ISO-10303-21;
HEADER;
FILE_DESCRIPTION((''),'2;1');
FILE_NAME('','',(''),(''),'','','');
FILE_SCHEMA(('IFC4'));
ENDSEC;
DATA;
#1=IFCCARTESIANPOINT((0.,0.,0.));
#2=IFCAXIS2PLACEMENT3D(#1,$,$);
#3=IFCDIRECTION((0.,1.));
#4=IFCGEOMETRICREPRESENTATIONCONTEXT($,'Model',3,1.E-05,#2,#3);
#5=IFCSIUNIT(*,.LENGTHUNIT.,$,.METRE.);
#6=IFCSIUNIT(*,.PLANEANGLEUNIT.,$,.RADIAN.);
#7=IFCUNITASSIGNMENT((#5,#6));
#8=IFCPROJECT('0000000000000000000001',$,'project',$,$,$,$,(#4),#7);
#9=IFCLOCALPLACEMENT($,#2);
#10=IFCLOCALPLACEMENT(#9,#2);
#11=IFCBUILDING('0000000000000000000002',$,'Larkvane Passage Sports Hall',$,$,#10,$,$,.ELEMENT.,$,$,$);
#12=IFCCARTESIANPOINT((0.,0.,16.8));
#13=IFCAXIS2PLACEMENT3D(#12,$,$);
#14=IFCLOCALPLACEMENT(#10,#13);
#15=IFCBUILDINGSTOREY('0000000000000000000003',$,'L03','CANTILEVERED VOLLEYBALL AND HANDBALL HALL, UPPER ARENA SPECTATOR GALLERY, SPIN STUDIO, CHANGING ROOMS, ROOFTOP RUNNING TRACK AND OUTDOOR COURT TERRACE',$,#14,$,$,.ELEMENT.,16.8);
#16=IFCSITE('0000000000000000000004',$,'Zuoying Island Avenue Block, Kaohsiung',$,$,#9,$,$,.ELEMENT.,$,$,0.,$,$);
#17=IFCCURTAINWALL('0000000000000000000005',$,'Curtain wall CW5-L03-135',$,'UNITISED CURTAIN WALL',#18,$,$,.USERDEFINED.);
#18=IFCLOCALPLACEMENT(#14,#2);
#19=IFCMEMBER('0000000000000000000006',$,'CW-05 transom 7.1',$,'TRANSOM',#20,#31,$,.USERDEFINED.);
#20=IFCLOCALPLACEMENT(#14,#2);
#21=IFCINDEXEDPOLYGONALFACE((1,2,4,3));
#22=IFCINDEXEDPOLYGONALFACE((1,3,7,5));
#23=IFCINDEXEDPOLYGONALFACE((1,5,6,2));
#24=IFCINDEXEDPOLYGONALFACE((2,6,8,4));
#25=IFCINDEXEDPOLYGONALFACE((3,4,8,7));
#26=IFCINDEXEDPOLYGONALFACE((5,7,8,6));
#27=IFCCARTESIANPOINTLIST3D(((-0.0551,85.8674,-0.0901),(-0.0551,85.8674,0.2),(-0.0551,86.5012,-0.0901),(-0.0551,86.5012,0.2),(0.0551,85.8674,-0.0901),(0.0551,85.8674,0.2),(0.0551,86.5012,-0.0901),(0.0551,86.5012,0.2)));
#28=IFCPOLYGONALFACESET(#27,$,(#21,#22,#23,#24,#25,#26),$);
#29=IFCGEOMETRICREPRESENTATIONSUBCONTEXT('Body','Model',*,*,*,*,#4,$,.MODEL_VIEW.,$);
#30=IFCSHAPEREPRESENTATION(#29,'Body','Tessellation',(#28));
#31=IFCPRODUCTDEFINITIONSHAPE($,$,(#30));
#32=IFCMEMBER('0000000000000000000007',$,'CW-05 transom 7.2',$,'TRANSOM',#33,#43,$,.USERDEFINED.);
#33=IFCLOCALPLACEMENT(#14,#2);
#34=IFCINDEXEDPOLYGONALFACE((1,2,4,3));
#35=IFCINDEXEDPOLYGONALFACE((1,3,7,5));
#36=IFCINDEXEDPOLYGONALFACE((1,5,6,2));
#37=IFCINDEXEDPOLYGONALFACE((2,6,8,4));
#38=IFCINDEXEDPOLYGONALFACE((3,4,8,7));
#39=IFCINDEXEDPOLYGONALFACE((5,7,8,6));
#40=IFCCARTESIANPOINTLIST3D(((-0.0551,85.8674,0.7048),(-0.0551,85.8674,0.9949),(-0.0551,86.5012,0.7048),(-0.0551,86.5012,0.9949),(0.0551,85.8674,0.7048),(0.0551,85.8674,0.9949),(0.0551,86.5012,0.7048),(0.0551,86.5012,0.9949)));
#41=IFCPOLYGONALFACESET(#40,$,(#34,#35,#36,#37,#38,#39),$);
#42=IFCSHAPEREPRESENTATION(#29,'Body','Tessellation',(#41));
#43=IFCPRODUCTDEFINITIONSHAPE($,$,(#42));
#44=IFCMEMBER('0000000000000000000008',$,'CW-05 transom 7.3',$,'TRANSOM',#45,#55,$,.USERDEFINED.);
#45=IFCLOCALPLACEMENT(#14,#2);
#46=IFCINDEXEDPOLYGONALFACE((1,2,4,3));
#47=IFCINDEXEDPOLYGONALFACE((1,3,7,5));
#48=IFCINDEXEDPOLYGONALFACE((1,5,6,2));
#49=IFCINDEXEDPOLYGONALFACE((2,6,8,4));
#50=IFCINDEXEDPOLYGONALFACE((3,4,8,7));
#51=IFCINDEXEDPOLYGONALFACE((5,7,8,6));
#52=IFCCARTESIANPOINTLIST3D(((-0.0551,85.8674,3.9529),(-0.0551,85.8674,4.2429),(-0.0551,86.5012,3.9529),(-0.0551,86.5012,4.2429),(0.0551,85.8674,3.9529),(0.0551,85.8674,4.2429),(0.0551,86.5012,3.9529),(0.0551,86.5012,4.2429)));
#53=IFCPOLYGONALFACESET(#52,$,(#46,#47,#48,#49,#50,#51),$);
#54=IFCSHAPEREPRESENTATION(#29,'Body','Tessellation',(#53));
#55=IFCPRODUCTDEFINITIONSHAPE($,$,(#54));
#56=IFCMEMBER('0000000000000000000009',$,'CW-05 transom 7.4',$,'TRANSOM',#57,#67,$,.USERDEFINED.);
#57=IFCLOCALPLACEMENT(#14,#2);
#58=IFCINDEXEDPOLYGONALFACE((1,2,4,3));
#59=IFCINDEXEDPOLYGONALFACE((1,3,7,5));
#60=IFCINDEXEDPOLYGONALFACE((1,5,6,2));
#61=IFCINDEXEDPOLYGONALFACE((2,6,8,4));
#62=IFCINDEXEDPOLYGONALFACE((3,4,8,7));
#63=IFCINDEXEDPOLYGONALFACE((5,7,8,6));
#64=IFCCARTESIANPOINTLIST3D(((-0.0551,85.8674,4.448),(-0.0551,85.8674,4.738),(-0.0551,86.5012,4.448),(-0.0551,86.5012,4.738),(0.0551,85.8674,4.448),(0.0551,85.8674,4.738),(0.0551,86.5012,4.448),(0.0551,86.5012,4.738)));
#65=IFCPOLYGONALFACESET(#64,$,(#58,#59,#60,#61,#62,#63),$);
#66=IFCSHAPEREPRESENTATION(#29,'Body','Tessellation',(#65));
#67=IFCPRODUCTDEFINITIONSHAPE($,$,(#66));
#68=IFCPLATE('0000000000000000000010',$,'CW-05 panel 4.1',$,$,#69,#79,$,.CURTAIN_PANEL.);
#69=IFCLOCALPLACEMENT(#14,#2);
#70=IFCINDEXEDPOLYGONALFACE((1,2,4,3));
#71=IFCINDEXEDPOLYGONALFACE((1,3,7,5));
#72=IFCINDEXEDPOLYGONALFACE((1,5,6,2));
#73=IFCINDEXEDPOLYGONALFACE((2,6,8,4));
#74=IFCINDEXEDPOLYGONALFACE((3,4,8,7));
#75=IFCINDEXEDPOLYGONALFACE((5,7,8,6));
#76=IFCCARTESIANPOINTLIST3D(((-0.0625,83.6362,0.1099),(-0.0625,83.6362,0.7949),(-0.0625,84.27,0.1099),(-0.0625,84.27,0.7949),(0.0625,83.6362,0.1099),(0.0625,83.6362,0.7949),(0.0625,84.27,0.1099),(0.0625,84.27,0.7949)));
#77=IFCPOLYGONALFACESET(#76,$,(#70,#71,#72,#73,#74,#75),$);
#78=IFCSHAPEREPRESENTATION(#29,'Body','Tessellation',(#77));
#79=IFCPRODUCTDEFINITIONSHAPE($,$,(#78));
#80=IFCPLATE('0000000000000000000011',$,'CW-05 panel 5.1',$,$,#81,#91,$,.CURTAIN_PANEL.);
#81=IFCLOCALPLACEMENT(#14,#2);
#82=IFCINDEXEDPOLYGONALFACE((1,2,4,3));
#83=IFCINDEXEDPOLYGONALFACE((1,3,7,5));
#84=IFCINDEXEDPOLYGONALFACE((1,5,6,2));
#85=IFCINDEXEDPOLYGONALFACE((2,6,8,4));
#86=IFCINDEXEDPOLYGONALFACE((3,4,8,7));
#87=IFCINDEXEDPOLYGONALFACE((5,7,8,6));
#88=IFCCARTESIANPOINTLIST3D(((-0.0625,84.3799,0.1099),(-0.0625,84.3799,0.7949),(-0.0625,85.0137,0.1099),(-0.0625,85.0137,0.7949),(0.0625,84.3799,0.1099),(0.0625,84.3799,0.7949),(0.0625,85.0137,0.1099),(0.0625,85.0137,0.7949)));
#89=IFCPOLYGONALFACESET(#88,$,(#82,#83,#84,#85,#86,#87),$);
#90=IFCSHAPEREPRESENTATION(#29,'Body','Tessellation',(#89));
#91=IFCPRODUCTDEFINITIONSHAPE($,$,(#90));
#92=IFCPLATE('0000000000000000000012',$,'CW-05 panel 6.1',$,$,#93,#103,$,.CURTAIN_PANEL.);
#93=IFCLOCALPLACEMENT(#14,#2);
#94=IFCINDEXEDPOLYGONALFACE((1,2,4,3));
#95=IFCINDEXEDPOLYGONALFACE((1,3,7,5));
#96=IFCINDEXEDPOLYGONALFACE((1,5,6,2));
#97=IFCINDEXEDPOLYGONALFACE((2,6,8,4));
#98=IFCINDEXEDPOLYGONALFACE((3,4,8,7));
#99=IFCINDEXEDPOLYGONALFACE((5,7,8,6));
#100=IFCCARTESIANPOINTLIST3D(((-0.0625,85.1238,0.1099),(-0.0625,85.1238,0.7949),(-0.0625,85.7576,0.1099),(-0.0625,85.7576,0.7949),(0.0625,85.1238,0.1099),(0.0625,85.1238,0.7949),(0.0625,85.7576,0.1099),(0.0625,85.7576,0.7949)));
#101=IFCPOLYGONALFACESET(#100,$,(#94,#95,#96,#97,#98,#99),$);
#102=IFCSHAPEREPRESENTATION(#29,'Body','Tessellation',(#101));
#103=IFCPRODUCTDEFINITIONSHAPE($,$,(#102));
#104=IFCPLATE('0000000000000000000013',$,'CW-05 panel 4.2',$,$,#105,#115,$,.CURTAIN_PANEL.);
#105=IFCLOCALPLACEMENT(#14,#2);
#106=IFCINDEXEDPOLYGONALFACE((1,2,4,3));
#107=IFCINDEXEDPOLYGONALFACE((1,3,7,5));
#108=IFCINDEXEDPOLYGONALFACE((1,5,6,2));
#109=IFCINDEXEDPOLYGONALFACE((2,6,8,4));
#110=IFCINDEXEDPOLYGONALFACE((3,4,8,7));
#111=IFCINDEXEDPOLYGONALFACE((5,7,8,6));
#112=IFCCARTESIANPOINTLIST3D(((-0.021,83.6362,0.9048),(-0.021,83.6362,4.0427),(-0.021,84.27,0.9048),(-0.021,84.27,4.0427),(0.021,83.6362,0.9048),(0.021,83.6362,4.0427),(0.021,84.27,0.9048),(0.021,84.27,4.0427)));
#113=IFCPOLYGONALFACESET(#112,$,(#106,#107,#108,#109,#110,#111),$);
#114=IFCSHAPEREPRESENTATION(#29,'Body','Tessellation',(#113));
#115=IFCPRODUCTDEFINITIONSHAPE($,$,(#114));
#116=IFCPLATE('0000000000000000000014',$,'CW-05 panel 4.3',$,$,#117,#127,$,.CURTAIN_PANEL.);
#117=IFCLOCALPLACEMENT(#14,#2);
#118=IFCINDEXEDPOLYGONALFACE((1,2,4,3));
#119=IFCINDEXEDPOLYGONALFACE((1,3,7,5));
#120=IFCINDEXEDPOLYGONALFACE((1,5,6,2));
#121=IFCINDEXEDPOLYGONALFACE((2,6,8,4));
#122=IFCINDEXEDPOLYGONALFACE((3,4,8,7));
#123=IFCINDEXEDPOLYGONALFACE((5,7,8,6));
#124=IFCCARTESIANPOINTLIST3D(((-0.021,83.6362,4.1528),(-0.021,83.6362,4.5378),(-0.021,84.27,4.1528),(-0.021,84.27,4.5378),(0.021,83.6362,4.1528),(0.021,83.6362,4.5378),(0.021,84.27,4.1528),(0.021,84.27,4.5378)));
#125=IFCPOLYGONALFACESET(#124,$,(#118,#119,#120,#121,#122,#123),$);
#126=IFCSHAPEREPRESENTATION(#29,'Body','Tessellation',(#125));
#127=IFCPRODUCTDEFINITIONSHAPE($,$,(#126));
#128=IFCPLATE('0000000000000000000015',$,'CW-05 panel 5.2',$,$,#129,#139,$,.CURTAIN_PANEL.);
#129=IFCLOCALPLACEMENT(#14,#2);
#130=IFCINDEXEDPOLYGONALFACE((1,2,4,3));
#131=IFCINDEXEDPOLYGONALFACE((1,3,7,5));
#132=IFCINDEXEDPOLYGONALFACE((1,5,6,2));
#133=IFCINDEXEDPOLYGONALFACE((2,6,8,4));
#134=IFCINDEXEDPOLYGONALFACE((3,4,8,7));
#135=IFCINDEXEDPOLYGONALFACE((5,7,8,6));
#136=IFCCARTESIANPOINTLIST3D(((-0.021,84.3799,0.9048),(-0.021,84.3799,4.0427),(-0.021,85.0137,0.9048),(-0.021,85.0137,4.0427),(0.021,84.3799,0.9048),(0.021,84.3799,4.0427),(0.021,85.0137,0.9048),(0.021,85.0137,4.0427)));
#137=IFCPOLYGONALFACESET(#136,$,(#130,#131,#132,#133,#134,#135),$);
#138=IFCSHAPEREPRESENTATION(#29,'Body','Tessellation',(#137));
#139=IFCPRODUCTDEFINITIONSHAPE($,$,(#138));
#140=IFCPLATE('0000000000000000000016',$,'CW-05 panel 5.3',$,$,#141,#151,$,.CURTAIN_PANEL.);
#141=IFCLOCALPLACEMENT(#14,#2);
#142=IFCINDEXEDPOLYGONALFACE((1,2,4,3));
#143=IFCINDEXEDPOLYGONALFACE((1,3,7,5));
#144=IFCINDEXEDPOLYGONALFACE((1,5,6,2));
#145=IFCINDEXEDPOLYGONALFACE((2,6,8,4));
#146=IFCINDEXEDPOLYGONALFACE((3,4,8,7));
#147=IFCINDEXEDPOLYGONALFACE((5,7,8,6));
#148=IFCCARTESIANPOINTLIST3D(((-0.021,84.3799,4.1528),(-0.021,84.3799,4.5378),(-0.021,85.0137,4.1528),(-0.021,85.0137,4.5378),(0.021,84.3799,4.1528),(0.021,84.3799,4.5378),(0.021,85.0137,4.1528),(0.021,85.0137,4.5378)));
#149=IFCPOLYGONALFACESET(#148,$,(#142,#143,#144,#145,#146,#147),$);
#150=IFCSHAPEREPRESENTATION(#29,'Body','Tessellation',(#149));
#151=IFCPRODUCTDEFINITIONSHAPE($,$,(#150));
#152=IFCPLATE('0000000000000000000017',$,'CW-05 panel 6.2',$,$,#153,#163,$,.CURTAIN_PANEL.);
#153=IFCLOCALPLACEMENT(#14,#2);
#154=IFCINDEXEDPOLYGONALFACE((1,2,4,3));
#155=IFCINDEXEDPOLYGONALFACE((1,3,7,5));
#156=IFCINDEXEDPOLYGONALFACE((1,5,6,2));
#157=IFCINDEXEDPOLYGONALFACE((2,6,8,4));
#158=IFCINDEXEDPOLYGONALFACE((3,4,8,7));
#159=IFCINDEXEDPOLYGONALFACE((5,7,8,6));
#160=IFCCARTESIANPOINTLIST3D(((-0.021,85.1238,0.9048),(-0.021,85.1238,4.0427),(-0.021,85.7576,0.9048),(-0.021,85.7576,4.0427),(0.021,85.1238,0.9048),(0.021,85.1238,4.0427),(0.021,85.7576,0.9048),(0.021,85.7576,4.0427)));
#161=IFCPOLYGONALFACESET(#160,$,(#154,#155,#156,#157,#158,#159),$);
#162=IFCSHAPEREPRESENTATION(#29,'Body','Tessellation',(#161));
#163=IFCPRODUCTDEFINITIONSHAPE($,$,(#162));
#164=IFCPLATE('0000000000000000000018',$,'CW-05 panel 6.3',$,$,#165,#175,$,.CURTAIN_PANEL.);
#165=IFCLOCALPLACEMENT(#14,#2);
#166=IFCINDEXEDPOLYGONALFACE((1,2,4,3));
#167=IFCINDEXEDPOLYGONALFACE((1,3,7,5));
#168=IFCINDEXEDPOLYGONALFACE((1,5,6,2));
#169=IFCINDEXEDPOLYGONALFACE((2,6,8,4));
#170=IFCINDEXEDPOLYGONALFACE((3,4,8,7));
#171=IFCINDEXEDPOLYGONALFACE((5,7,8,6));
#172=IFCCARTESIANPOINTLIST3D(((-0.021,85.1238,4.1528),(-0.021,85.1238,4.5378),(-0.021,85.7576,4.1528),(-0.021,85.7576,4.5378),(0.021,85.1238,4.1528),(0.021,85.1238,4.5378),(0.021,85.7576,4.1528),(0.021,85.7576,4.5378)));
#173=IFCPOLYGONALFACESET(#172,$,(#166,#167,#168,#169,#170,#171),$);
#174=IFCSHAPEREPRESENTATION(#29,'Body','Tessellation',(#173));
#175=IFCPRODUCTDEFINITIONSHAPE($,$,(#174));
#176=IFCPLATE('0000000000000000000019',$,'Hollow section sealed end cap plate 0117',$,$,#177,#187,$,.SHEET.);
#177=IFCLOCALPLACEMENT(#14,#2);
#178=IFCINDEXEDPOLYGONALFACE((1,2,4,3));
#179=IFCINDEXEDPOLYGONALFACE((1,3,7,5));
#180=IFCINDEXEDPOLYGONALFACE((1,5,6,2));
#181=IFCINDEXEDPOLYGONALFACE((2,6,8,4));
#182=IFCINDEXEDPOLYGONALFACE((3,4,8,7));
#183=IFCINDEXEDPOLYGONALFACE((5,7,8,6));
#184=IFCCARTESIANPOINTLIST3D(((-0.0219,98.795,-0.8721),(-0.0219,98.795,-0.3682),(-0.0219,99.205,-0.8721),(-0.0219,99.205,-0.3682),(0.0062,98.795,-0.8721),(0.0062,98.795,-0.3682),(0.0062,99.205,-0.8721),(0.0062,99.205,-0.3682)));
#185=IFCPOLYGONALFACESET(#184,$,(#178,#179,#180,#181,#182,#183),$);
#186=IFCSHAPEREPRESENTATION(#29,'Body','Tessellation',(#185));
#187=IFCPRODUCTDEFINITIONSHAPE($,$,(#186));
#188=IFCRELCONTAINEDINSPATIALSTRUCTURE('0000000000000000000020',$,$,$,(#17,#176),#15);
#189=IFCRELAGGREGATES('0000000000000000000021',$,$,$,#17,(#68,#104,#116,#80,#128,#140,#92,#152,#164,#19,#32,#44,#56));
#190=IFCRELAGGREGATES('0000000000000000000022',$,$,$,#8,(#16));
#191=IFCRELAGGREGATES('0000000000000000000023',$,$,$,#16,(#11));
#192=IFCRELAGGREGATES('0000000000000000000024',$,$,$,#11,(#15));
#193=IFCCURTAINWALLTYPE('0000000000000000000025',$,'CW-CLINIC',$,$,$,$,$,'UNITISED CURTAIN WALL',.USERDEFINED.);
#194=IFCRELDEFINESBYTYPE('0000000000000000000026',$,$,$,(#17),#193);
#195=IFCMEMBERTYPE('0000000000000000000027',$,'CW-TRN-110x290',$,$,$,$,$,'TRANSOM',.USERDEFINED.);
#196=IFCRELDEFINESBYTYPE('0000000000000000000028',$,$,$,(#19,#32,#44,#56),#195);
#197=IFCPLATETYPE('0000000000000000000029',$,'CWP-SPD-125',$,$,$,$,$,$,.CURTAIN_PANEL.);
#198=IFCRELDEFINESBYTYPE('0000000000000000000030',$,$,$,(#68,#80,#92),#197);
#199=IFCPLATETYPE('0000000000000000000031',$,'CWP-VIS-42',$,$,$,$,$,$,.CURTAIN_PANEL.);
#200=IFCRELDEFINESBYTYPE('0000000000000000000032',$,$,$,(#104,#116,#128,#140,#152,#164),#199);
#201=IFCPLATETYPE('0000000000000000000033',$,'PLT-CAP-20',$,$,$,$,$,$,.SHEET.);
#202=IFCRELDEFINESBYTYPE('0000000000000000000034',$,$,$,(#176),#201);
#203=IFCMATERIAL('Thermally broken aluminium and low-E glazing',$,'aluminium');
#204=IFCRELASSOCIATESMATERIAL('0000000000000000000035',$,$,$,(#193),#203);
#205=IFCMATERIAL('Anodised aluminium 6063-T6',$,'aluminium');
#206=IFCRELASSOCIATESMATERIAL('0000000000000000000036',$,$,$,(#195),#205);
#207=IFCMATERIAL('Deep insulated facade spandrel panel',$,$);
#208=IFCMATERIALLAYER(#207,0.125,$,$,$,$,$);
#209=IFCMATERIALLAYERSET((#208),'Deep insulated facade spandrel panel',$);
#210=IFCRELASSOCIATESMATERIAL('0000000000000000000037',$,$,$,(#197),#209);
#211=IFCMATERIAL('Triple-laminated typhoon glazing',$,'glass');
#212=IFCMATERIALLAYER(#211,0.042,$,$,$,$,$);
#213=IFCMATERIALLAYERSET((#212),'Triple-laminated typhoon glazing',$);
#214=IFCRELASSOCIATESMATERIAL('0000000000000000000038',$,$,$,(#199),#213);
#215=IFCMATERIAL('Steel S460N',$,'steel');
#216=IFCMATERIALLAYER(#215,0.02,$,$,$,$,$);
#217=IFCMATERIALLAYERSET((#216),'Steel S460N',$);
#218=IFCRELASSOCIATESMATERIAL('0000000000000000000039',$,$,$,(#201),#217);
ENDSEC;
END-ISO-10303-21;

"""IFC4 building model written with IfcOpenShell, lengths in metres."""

from ifc_helpers import new_model, si_unit, direction, frame, origin, origin_2d, place, context, subcontext, project, spatial, rectangle, extrude, material, layer, layer_set, material_profile, profile_set, type_object, element, aggregate, save


model = new_model("IFC4")

# Units and contexts
model_context = context("Model", 3, precision=1e-05, world=origin(), true_north=direction((0.0, 1.0)))
body_context = subcontext(model_context, "Body", "Model", "MODEL_VIEW")
ifc_project = project(units=[si_unit("LENGTHUNIT", "METRE"), si_unit("PLANEANGLEUNIT", "RADIAN")], contexts=[model_context])

# Site, building, storey
site_placement = place(None, origin())
site = spatial("IfcSite", under=ifc_project, at=site_placement, Name="Zuoying Island Avenue Block, Kaohsiung", CompositionType="ELEMENT", RefElevation=0.0)
building_placement = place(site_placement, origin())
building = spatial("IfcBuilding", under=site, at=building_placement, Name="Larkvane Passage Sports Hall", CompositionType="ELEMENT")
storey_placement = place(building_placement, frame((0.0, 0.0, 16.8)))
storey = spatial("IfcBuildingStorey", under=building, at=storey_placement, Name="L03", Description="CANTILEVERED VOLLEYBALL AND HANDBALL HALL, UPPER ARENA SPECTATOR GALLERY, SPIN STUDIO, CHANGING ROOMS, ROOFTOP RUNNING TRACK AND OUTDOOR COURT TERRACE", CompositionType="ELEMENT", Elevation=16.8)

# Curtain wall, members, plates
ifc_material_1 = material(Name="Thermally broken aluminium and low-E glazing", Category="aluminium")
curtain_wall_type = type_object("IfcCurtainWallType", Name="CW-CLINIC", ElementType="UNITISED CURTAIN WALL", PredefinedType="USERDEFINED", material=ifc_material_1)
curtain_wall_placement = place(storey_placement, origin())
curtain_wall = element("IfcCurtainWall", 1, at=curtain_wall_placement, inside=storey, type_object=curtain_wall_type, Name="Curtain wall CW5-L03-135", ObjectType="UNITISED CURTAIN WALL", PredefinedType="USERDEFINED")
ifc_material_2 = material(Name="Anodised aluminium 6063-T6", Category="aluminium")
ifc_material_profile_1 = material_profile(ifc_material_2, rectangle(XDim=0.1101, YDim=0.29, at=origin_2d()), Name="ALU-TRN-110x290")
ifc_profile_set_1 = profile_set([ifc_material_profile_1], Name="Anodised aluminium 6063-T6")
member_type_1 = type_object("IfcMemberType", Name="CW-TRN-110x290", ElementType="TRANSOM", PredefinedType="USERDEFINED", material=ifc_profile_set_1)
member_1_placement = place(storey_placement, frame((0.0, 85.8674, 0.0549), z_axis=(0.0, 1.0, 0.0), x_axis=(-1.0, 0.0, 0.0)))
member_1 = element("IfcMember", 2, at=member_1_placement, type_object=member_type_1, Name="CW-05 transom 7.1", ObjectType="TRANSOM", PredefinedType="USERDEFINED", context=body_context, shape_type="SweptSolid", body=[
    extrude(rectangle(XDim=0.1101, YDim=0.29, at=origin_2d()), origin(), (0.0, 0.0, 1.0), 0.6338),
])
member_2_placement = place(storey_placement, frame((0.0, 85.8674, 0.8499), z_axis=(0.0, 1.0, 0.0), x_axis=(-1.0, 0.0, 0.0)))
member_2 = element("IfcMember", 3, at=member_2_placement, type_object=member_type_1, Name="CW-05 transom 7.2", ObjectType="TRANSOM", PredefinedType="USERDEFINED", context=body_context, shape_type="SweptSolid", body=[
    extrude(rectangle(XDim=0.1101, YDim=0.29, at=origin_2d()), origin(), (0.0, 0.0, 1.0), 0.6338),
])
member_3_placement = place(storey_placement, frame((0.0, 85.8674, 4.0979), z_axis=(0.0, 1.0, 0.0), x_axis=(-1.0, 0.0, 0.0)))
member_3 = element("IfcMember", 4, at=member_3_placement, type_object=member_type_1, Name="CW-05 transom 7.3", ObjectType="TRANSOM", PredefinedType="USERDEFINED", context=body_context, shape_type="SweptSolid", body=[
    extrude(rectangle(XDim=0.1101, YDim=0.29, at=origin_2d()), origin(), (0.0, 0.0, 1.0), 0.6338),
])
member_4_placement = place(storey_placement, frame((0.0, 85.8674, 4.593), z_axis=(0.0, 1.0, 0.0), x_axis=(-1.0, 0.0, 0.0)))
member_4 = element("IfcMember", 5, at=member_4_placement, type_object=member_type_1, Name="CW-05 transom 7.4", ObjectType="TRANSOM", PredefinedType="USERDEFINED", context=body_context, shape_type="SweptSolid", body=[
    extrude(rectangle(XDim=0.1101, YDim=0.29, at=origin_2d()), origin(), (0.0, 0.0, 1.0), 0.6338),
])
ifc_material_3 = material(Name="Deep insulated facade spandrel panel")
ifc_layer_1 = layer(ifc_material_3, 0.125)
ifc_layer_set_1 = layer_set([ifc_layer_1], Name="Deep insulated facade spandrel panel")
plate_type_1 = type_object("IfcPlateType", Name="CWP-SPD-125", PredefinedType="CURTAIN_PANEL", material=ifc_layer_set_1)
plate_1_placement = place(storey_placement, frame((0.0, 83.9531, 0.1099), z_axis=(0.0, 0.0, 1.0), x_axis=(0.0, 1.0, 0.0)))
plate_1 = element("IfcPlate", 6, at=plate_1_placement, type_object=plate_type_1, Name="CW-05 panel 4.1", PredefinedType="CURTAIN_PANEL", context=body_context, shape_type="SweptSolid", body=[
    extrude(rectangle(XDim=0.6338, YDim=0.125, at=origin_2d()), origin(), (0.0, 0.0, 1.0), 0.6851),
])
plate_2_placement = place(storey_placement, frame((0.0, 84.6968, 0.1099), z_axis=(0.0, 0.0, 1.0), x_axis=(0.0, 1.0, 0.0)))
plate_2 = element("IfcPlate", 7, at=plate_2_placement, type_object=plate_type_1, Name="CW-05 panel 5.1", PredefinedType="CURTAIN_PANEL", context=body_context, shape_type="SweptSolid", body=[
    extrude(rectangle(XDim=0.6338, YDim=0.125, at=origin_2d()), origin(), (0.0, 0.0, 1.0), 0.6851),
])
plate_3_placement = place(storey_placement, frame((0.0, 85.4407, 0.1099), z_axis=(0.0, 0.0, 1.0), x_axis=(0.0, 1.0, 0.0)))
plate_3 = element("IfcPlate", 8, at=plate_3_placement, type_object=plate_type_1, Name="CW-05 panel 6.1", PredefinedType="CURTAIN_PANEL", context=body_context, shape_type="SweptSolid", body=[
    extrude(rectangle(XDim=0.6338, YDim=0.125, at=origin_2d()), origin(), (0.0, 0.0, 1.0), 0.6851),
])
ifc_material_4 = material(Name="Triple-laminated typhoon glazing", Category="glass")
ifc_layer_2 = layer(ifc_material_4, 0.042)
ifc_layer_set_2 = layer_set([ifc_layer_2], Name="Triple-laminated typhoon glazing")
plate_type_2 = type_object("IfcPlateType", Name="CWP-VIS-42", PredefinedType="CURTAIN_PANEL", material=ifc_layer_set_2)
plate_4_placement = place(storey_placement, frame((0.0, 83.9531, 0.9048), z_axis=(0.0, 0.0, 1.0), x_axis=(0.0, 1.0, 0.0)))
plate_4 = element("IfcPlate", 9, at=plate_4_placement, type_object=plate_type_2, Name="CW-05 panel 4.2", PredefinedType="CURTAIN_PANEL", context=body_context, shape_type="SweptSolid", body=[
    extrude(rectangle(XDim=0.6338, YDim=0.042, at=origin_2d()), origin(), (0.0, 0.0, 1.0), 3.1379),
])
plate_5_placement = place(storey_placement, frame((0.0, 83.9531, 4.1528), z_axis=(0.0, 0.0, 1.0), x_axis=(0.0, 1.0, 0.0)))
plate_5 = element("IfcPlate", 10, at=plate_5_placement, type_object=plate_type_2, Name="CW-05 panel 4.3", PredefinedType="CURTAIN_PANEL", context=body_context, shape_type="SweptSolid", body=[
    extrude(rectangle(XDim=0.6338, YDim=0.042, at=origin_2d()), origin(), (0.0, 0.0, 1.0), 0.385),
])
plate_6_placement = place(storey_placement, frame((0.0, 84.6968, 0.9048), z_axis=(0.0, 0.0, 1.0), x_axis=(0.0, 1.0, 0.0)))
plate_6 = element("IfcPlate", 11, at=plate_6_placement, type_object=plate_type_2, Name="CW-05 panel 5.2", PredefinedType="CURTAIN_PANEL", context=body_context, shape_type="SweptSolid", body=[
    extrude(rectangle(XDim=0.6338, YDim=0.042, at=origin_2d()), origin(), (0.0, 0.0, 1.0), 3.1379),
])
plate_7_placement = place(storey_placement, frame((0.0, 84.6968, 4.1528), z_axis=(0.0, 0.0, 1.0), x_axis=(0.0, 1.0, 0.0)))
plate_7 = element("IfcPlate", 12, at=plate_7_placement, type_object=plate_type_2, Name="CW-05 panel 5.3", PredefinedType="CURTAIN_PANEL", context=body_context, shape_type="SweptSolid", body=[
    extrude(rectangle(XDim=0.6338, YDim=0.042, at=origin_2d()), origin(), (0.0, 0.0, 1.0), 0.385),
])
plate_8_placement = place(storey_placement, frame((0.0, 85.4407, 0.9048), z_axis=(0.0, 0.0, 1.0), x_axis=(0.0, 1.0, 0.0)))
plate_8 = element("IfcPlate", 13, at=plate_8_placement, type_object=plate_type_2, Name="CW-05 panel 6.2", PredefinedType="CURTAIN_PANEL", context=body_context, shape_type="SweptSolid", body=[
    extrude(rectangle(XDim=0.6338, YDim=0.042, at=origin_2d()), origin(), (0.0, 0.0, 1.0), 3.1379),
])
plate_9_placement = place(storey_placement, frame((0.0, 85.4407, 4.1528), z_axis=(0.0, 0.0, 1.0), x_axis=(0.0, 1.0, 0.0)))
plate_9 = element("IfcPlate", 14, at=plate_9_placement, type_object=plate_type_2, Name="CW-05 panel 6.3", PredefinedType="CURTAIN_PANEL", context=body_context, shape_type="SweptSolid", body=[
    extrude(rectangle(XDim=0.6338, YDim=0.042, at=origin_2d()), origin(), (0.0, 0.0, 1.0), 0.385),
])
aggregate(curtain_wall, [plate_1, plate_4, plate_5, plate_2, plate_6, plate_7, plate_3, plate_8, plate_9, member_1, member_2, member_3, member_4])

# Plate
ifc_material_5 = material(Name="Steel S460N", Category="steel")
ifc_layer_3 = layer(ifc_material_5, 0.02)
ifc_layer_set_3 = layer_set([ifc_layer_3], Name="Steel S460N")
plate_type_3 = type_object("IfcPlateType", Name="PLT-CAP-20", PredefinedType="SHEET", material=ifc_layer_set_3)
plate_10_placement = place(storey_placement, frame((-0.0078, 99.0, -0.8721), z_axis=(0.0, 0.0, 1.0), x_axis=(0.0, 1.0, 0.0)))
element("IfcPlate", 15, at=plate_10_placement, inside=storey, type_object=plate_type_3, Name="Hollow section sealed end cap plate 0117", PredefinedType="SHEET", context=body_context, shape_type="SweptSolid", body=[
    extrude(rectangle(XDim=0.4099, YDim=0.0281, at=origin_2d()), origin(), (0.0, 0.0, 1.0), 0.5039),
])

save(model, "model.ifc")
